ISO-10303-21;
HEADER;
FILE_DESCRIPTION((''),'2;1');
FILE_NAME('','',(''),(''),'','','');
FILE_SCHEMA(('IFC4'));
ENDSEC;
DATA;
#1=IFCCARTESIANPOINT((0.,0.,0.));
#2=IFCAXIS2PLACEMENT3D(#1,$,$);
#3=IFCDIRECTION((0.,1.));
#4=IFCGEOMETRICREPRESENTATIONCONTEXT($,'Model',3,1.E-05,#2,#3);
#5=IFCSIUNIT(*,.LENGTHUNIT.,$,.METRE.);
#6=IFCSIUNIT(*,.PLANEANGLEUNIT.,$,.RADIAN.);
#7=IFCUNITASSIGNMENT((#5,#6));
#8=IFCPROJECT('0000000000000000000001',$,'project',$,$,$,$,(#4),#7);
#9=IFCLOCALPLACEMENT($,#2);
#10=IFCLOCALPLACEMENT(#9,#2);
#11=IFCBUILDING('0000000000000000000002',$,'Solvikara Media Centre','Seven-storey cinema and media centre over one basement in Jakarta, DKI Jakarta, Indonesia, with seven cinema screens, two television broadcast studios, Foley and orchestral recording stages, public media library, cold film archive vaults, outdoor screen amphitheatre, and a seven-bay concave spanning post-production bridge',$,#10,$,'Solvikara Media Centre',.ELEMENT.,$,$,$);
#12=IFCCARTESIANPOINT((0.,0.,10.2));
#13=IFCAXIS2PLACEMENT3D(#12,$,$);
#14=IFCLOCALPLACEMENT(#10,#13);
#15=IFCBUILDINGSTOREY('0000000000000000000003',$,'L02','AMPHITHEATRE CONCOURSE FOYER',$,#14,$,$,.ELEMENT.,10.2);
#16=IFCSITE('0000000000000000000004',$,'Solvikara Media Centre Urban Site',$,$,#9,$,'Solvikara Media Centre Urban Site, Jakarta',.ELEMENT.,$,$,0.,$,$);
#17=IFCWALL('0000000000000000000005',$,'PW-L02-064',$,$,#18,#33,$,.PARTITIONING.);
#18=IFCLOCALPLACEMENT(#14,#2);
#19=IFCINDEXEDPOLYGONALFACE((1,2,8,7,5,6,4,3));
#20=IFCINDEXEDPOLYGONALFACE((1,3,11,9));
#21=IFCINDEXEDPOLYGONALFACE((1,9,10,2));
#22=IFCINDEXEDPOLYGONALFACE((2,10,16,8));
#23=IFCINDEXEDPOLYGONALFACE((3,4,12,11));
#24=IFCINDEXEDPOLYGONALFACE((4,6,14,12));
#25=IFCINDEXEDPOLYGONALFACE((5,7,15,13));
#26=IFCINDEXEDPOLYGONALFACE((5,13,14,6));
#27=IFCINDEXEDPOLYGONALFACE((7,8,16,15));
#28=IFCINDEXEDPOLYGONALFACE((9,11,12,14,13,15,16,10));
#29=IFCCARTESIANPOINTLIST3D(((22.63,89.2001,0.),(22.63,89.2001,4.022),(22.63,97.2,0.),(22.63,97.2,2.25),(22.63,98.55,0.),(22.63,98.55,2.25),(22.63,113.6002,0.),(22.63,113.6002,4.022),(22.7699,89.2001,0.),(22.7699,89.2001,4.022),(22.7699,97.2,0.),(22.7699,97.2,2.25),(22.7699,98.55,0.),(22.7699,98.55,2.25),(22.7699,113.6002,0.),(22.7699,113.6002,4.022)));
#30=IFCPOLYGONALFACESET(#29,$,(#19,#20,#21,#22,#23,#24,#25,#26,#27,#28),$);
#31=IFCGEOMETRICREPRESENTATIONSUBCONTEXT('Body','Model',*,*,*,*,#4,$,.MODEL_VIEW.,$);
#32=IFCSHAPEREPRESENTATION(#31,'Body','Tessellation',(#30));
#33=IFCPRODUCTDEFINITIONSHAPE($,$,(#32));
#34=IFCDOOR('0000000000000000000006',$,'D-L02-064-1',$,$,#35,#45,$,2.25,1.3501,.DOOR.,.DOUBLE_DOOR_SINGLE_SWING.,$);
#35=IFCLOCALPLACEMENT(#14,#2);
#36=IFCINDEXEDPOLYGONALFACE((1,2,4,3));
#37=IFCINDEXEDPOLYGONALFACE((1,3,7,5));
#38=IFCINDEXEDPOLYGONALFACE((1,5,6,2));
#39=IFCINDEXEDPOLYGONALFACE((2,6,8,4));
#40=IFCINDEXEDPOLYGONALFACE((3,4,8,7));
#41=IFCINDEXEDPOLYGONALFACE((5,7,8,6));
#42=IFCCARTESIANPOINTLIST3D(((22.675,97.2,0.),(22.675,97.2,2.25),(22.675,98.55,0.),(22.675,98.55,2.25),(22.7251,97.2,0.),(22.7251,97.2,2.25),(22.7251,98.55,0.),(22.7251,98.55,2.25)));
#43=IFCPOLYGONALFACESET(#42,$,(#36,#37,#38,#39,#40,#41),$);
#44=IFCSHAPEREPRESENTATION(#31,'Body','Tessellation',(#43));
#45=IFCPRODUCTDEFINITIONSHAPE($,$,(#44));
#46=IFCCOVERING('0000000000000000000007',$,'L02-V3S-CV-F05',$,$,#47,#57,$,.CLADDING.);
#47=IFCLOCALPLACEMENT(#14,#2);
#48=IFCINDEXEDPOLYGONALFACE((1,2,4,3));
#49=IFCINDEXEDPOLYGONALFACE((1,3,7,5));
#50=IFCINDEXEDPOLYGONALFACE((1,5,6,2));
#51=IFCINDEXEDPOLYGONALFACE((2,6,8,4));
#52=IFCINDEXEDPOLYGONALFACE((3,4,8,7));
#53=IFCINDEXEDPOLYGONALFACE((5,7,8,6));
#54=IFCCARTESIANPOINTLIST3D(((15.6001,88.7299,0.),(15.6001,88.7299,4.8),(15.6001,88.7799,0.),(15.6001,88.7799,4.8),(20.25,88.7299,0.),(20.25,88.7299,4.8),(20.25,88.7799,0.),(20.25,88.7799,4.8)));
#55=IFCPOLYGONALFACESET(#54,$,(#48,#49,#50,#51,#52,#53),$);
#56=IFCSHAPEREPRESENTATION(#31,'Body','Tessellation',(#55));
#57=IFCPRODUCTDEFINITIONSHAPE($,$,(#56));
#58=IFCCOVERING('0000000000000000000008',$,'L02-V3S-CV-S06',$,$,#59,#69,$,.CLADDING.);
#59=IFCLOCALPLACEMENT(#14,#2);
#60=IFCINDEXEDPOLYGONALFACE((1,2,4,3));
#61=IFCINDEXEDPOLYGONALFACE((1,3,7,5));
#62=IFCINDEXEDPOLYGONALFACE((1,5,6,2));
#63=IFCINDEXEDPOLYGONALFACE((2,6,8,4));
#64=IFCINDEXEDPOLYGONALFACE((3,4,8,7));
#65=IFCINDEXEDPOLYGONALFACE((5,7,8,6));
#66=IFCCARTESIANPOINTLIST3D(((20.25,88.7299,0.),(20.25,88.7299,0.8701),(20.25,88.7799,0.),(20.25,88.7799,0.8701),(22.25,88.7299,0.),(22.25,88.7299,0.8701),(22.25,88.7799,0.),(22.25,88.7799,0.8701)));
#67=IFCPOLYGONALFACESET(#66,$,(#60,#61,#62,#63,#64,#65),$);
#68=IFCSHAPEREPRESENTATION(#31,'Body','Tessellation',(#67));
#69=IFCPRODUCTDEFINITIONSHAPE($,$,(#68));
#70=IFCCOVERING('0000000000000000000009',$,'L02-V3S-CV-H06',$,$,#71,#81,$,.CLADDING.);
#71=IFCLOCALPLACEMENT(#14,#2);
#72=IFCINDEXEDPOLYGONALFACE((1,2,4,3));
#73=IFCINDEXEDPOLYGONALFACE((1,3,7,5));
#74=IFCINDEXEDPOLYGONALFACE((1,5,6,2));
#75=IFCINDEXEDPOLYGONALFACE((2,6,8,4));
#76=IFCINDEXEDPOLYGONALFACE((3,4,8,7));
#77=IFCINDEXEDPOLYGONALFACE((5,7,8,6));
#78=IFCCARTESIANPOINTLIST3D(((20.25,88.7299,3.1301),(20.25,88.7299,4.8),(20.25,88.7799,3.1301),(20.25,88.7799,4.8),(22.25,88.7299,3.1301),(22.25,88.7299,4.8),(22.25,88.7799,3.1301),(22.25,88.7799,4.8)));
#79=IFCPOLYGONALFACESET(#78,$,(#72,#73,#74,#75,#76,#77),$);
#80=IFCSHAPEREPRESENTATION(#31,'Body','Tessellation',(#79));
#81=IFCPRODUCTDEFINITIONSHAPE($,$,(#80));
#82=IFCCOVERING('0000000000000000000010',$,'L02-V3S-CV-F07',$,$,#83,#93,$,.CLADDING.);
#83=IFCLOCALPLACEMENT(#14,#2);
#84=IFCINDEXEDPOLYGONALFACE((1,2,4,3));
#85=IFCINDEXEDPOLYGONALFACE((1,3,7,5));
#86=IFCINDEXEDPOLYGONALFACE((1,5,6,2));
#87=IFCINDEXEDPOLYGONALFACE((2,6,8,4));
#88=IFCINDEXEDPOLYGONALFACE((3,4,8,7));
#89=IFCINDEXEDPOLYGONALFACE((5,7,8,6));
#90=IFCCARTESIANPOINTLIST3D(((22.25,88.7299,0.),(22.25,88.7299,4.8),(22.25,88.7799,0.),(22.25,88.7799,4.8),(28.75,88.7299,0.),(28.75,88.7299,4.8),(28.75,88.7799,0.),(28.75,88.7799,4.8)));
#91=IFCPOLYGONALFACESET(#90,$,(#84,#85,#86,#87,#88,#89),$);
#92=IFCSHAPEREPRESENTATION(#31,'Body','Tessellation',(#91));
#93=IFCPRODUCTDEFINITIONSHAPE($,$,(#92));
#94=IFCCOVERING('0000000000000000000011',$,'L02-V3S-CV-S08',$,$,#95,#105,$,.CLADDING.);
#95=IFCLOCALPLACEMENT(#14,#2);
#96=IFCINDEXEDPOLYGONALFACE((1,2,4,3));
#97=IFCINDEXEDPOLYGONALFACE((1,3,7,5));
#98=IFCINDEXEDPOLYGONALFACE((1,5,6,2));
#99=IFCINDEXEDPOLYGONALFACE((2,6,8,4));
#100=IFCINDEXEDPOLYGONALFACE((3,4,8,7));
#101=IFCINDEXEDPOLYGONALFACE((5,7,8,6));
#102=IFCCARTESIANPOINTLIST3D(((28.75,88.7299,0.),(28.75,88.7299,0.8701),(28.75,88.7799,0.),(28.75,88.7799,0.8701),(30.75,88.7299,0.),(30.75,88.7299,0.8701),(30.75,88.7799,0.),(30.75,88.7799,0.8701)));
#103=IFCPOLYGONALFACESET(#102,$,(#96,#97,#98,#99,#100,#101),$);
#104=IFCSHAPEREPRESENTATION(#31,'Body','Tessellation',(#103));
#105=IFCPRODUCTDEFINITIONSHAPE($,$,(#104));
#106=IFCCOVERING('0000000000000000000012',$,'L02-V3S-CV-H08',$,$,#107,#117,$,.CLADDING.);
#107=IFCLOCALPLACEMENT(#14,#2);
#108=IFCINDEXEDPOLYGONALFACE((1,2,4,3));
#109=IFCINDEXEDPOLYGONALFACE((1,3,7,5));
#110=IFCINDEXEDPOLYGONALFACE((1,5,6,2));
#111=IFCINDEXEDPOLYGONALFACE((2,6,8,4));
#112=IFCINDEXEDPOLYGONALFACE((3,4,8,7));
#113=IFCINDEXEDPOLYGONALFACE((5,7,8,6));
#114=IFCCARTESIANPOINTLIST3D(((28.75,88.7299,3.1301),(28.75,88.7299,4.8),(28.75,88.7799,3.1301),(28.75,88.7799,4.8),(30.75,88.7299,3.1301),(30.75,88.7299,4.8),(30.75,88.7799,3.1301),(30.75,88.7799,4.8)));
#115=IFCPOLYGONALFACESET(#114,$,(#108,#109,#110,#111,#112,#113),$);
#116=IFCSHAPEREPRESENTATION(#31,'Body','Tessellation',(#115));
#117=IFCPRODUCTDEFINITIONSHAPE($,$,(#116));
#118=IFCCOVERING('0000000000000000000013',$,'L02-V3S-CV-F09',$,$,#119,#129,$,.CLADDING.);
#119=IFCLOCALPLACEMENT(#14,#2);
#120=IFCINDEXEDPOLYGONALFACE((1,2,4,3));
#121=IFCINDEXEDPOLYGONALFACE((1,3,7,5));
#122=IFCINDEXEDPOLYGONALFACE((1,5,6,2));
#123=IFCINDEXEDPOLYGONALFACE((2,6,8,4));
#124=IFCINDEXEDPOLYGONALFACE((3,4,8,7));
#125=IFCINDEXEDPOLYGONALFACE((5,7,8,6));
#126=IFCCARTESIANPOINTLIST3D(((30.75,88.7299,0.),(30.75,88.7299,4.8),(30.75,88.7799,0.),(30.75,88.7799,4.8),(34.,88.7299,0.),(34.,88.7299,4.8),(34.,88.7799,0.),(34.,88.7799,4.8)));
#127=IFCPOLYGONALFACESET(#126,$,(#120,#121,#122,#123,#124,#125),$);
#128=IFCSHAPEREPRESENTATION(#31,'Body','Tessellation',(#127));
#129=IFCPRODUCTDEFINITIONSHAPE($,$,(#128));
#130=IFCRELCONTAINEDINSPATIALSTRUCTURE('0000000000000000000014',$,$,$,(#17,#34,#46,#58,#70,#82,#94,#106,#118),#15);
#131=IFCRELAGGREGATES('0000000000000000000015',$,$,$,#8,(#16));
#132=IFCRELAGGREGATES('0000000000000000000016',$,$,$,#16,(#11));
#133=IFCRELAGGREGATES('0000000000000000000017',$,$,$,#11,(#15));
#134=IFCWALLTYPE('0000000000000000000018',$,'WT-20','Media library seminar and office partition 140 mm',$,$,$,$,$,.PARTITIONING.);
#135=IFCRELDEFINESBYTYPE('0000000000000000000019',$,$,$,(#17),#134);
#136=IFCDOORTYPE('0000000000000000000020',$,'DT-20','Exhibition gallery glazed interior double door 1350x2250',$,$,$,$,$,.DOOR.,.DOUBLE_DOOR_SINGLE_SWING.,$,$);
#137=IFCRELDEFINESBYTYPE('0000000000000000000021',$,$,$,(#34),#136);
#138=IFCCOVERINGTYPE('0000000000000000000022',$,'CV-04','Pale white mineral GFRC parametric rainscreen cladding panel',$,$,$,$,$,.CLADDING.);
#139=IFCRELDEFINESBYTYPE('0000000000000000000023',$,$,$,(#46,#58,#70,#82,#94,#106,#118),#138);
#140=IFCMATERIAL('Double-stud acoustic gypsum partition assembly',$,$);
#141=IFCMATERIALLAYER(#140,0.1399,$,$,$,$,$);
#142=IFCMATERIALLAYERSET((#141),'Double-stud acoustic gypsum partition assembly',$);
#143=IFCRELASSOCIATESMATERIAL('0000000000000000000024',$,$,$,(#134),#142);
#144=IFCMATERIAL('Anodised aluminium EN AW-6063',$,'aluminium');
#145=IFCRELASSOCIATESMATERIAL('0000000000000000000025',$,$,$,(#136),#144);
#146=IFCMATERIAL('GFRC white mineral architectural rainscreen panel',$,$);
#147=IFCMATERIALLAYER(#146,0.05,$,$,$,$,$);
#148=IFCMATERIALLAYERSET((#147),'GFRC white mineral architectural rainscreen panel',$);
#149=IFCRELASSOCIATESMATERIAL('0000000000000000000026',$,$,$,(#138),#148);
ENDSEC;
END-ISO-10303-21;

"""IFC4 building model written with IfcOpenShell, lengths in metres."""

from ifc_helpers import new_model, si_unit, direction, frame, frame_2d, origin, origin_2d, place, context, subcontext, project, spatial, rectangle, extrude, material, layer, layer_set, type_object, element, fill, save


model = new_model("IFC4")

# Units and contexts
model_context = context("Model", 3, precision=1e-05, world=origin(), true_north=direction((0.0, 1.0)))
body_context = subcontext(model_context, "Body", "Model", "MODEL_VIEW")
ifc_project = project(units=[si_unit("LENGTHUNIT", "METRE"), si_unit("PLANEANGLEUNIT", "RADIAN")], contexts=[model_context])

# Site, building, storey
site_placement = place(None, origin())
site = spatial("IfcSite", under=ifc_project, at=site_placement, Name="Solvikara Media Centre Urban Site", LongName="Solvikara Media Centre Urban Site, Jakarta", CompositionType="ELEMENT", RefElevation=0.0)
building_placement = place(site_placement, origin())
building = spatial("IfcBuilding", under=site, at=building_placement, Name="Solvikara Media Centre", Description="Seven-storey cinema and media centre over one basement in Jakarta, DKI Jakarta, Indonesia, with seven cinema screens, two television broadcast studios, Foley and orchestral recording stages, public media library, cold film archive vaults, outdoor screen amphitheatre, and a seven-bay concave spanning post-production bridge", LongName="Solvikara Media Centre", CompositionType="ELEMENT")
storey_placement = place(building_placement, frame((0.0, 0.0, 10.2)))
storey = spatial("IfcBuildingStorey", under=building, at=storey_placement, Name="L02", Description="AMPHITHEATRE CONCOURSE FOYER", CompositionType="ELEMENT", Elevation=10.2)

# Shared definitions
ifc_material_1 = material(Name="Anodised aluminium EN AW-6063", Category="aluminium")

# Wall, opening, door
ifc_material_2 = material(Name="Double-stud acoustic gypsum partition assembly")
ifc_layer_1 = layer(ifc_material_2, 0.1399)
ifc_layer_set_1 = layer_set([ifc_layer_1], Name="Double-stud acoustic gypsum partition assembly")
wall_type = type_object("IfcWallType", Name="WT-20", Description="Media library seminar and office partition 140 mm", PredefinedType="PARTITIONING", material=ifc_layer_set_1)
wall_placement = place(storey_placement, frame((22.7, 89.2, 0.0), z_axis=(0.0, 0.0, 1.0), x_axis=(0.0, 1.0, 0.0)))
wall = element("IfcWall", 1, at=wall_placement, inside=storey, type_object=wall_type, Name="PW-L02-064", PredefinedType="PARTITIONING", context=body_context, shape_type="SweptSolid", body=[
    extrude(rectangle(XDim=24.4001, YDim=0.1399, at=frame_2d((12.2002, 0.0))), origin(), (0.0, 0.0, 1.0), 4.022),
])
opening_placement = place(wall_placement, frame((8.0, 0.0, 0.0)))
opening = element("IfcOpeningElement", 2, at=opening_placement, cuts=wall, PredefinedType="OPENING", context=body_context, shape_type="SweptSolid", body=[
    extrude(rectangle(XDim=1.3501, YDim=2.25, at=frame_2d((0.675, 1.125))), frame((0.0, 0.082, 0.0), z_axis=(0.0, -1.0, 0.0), x_axis=(1.0, 0.0, 0.0)), (0.0, 0.0, 1.0), 0.1638),
])
door_type = type_object("IfcDoorType", Name="DT-20", Description="Exhibition gallery glazed interior double door 1350x2250", OperationType="DOUBLE_DOOR_SINGLE_SWING", PredefinedType="DOOR", material=ifc_material_1)
door_placement = place(opening_placement, origin())
door = element("IfcDoor", 3, at=door_placement, inside=storey, type_object=door_type, Name="D-L02-064-1", OperationType="DOUBLE_DOOR_SINGLE_SWING", OverallHeight=2.25, OverallWidth=1.3501, PredefinedType="DOOR", context=body_context, shape_type="SweptSolid", body=[
    extrude(rectangle(XDim=1.3501, YDim=2.25, at=frame_2d((0.675, 1.125))), frame((0.0, 0.0249, 0.0), z_axis=(0.0, -1.0, 0.0), x_axis=(1.0, 0.0, 0.0)), (0.0, 0.0, 1.0), 0.05),
])
fill(opening, door)

# Coverings
ifc_material_3 = material(Name="GFRC white mineral architectural rainscreen panel")
ifc_layer_2 = layer(ifc_material_3, 0.05)
ifc_layer_set_2 = layer_set([ifc_layer_2], Name="GFRC white mineral architectural rainscreen panel")
covering_type = type_object("IfcCoveringType", Name="CV-04", Description="Pale white mineral GFRC parametric rainscreen cladding panel", PredefinedType="CLADDING", material=ifc_layer_set_2)
covering_1_placement = place(storey_placement, frame((17.925, 88.7549, 0.0), z_axis=(0.0, 0.0, 1.0), x_axis=(1.0, 0.0, 0.0)))
element("IfcCovering", 4, at=covering_1_placement, inside=storey, type_object=covering_type, Name="L02-V3S-CV-F05", PredefinedType="CLADDING", context=body_context, shape_type="SweptSolid", body=[
    extrude(rectangle(XDim=4.6499, YDim=0.05, at=origin_2d()), origin(), (0.0, 0.0, 1.0), 4.8),
])
covering_2_placement = place(storey_placement, frame((21.25, 88.7549, 0.0), z_axis=(0.0, 0.0, 1.0), x_axis=(1.0, 0.0, 0.0)))
element("IfcCovering", 5, at=covering_2_placement, inside=storey, type_object=covering_type, Name="L02-V3S-CV-S06", PredefinedType="CLADDING", context=body_context, shape_type="SweptSolid", body=[
    extrude(rectangle(XDim=2.0, YDim=0.05, at=origin_2d()), origin(), (0.0, 0.0, 1.0), 0.8701),
])
covering_3_placement = place(storey_placement, frame((21.25, 88.7549, 3.1301), z_axis=(0.0, 0.0, 1.0), x_axis=(1.0, 0.0, 0.0)))
element("IfcCovering", 6, at=covering_3_placement, inside=storey, type_object=covering_type, Name="L02-V3S-CV-H06", PredefinedType="CLADDING", context=body_context, shape_type="SweptSolid", body=[
    extrude(rectangle(XDim=2.0, YDim=0.05, at=origin_2d()), origin(), (0.0, 0.0, 1.0), 1.6699),
])
covering_4_placement = place(storey_placement, frame((25.5, 88.7549, 0.0), z_axis=(0.0, 0.0, 1.0), x_axis=(1.0, 0.0, 0.0)))
element("IfcCovering", 7, at=covering_4_placement, inside=storey, type_object=covering_type, Name="L02-V3S-CV-F07", PredefinedType="CLADDING", context=body_context, shape_type="SweptSolid", body=[
    extrude(rectangle(XDim=6.5, YDim=0.05, at=origin_2d()), origin(), (0.0, 0.0, 1.0), 4.8),
])
covering_5_placement = place(storey_placement, frame((29.75, 88.7549, 0.0), z_axis=(0.0, 0.0, 1.0), x_axis=(1.0, 0.0, 0.0)))
element("IfcCovering", 8, at=covering_5_placement, inside=storey, type_object=covering_type, Name="L02-V3S-CV-S08", PredefinedType="CLADDING", context=body_context, shape_type="SweptSolid", body=[
    extrude(rectangle(XDim=2.0, YDim=0.05, at=origin_2d()), origin(), (0.0, 0.0, 1.0), 0.8701),
])
covering_6_placement = place(storey_placement, frame((29.75, 88.7549, 3.1301), z_axis=(0.0, 0.0, 1.0), x_axis=(1.0, 0.0, 0.0)))
element("IfcCovering", 9, at=covering_6_placement, inside=storey, type_object=covering_type, Name="L02-V3S-CV-H08", PredefinedType="CLADDING", context=body_context, shape_type="SweptSolid", body=[
    extrude(rectangle(XDim=2.0, YDim=0.05, at=origin_2d()), origin(), (0.0, 0.0, 1.0), 1.6699),
])
covering_7_placement = place(storey_placement, frame((32.375, 88.7549, 0.0), z_axis=(0.0, 0.0, 1.0), x_axis=(1.0, 0.0, 0.0)))
element("IfcCovering", 10, at=covering_7_placement, inside=storey, type_object=covering_type, Name="L02-V3S-CV-F09", PredefinedType="CLADDING", context=body_context, shape_type="SweptSolid", body=[
    extrude(rectangle(XDim=3.25, YDim=0.05, at=origin_2d()), origin(), (0.0, 0.0, 1.0), 4.8),
])

save(model, "model.ifc")
